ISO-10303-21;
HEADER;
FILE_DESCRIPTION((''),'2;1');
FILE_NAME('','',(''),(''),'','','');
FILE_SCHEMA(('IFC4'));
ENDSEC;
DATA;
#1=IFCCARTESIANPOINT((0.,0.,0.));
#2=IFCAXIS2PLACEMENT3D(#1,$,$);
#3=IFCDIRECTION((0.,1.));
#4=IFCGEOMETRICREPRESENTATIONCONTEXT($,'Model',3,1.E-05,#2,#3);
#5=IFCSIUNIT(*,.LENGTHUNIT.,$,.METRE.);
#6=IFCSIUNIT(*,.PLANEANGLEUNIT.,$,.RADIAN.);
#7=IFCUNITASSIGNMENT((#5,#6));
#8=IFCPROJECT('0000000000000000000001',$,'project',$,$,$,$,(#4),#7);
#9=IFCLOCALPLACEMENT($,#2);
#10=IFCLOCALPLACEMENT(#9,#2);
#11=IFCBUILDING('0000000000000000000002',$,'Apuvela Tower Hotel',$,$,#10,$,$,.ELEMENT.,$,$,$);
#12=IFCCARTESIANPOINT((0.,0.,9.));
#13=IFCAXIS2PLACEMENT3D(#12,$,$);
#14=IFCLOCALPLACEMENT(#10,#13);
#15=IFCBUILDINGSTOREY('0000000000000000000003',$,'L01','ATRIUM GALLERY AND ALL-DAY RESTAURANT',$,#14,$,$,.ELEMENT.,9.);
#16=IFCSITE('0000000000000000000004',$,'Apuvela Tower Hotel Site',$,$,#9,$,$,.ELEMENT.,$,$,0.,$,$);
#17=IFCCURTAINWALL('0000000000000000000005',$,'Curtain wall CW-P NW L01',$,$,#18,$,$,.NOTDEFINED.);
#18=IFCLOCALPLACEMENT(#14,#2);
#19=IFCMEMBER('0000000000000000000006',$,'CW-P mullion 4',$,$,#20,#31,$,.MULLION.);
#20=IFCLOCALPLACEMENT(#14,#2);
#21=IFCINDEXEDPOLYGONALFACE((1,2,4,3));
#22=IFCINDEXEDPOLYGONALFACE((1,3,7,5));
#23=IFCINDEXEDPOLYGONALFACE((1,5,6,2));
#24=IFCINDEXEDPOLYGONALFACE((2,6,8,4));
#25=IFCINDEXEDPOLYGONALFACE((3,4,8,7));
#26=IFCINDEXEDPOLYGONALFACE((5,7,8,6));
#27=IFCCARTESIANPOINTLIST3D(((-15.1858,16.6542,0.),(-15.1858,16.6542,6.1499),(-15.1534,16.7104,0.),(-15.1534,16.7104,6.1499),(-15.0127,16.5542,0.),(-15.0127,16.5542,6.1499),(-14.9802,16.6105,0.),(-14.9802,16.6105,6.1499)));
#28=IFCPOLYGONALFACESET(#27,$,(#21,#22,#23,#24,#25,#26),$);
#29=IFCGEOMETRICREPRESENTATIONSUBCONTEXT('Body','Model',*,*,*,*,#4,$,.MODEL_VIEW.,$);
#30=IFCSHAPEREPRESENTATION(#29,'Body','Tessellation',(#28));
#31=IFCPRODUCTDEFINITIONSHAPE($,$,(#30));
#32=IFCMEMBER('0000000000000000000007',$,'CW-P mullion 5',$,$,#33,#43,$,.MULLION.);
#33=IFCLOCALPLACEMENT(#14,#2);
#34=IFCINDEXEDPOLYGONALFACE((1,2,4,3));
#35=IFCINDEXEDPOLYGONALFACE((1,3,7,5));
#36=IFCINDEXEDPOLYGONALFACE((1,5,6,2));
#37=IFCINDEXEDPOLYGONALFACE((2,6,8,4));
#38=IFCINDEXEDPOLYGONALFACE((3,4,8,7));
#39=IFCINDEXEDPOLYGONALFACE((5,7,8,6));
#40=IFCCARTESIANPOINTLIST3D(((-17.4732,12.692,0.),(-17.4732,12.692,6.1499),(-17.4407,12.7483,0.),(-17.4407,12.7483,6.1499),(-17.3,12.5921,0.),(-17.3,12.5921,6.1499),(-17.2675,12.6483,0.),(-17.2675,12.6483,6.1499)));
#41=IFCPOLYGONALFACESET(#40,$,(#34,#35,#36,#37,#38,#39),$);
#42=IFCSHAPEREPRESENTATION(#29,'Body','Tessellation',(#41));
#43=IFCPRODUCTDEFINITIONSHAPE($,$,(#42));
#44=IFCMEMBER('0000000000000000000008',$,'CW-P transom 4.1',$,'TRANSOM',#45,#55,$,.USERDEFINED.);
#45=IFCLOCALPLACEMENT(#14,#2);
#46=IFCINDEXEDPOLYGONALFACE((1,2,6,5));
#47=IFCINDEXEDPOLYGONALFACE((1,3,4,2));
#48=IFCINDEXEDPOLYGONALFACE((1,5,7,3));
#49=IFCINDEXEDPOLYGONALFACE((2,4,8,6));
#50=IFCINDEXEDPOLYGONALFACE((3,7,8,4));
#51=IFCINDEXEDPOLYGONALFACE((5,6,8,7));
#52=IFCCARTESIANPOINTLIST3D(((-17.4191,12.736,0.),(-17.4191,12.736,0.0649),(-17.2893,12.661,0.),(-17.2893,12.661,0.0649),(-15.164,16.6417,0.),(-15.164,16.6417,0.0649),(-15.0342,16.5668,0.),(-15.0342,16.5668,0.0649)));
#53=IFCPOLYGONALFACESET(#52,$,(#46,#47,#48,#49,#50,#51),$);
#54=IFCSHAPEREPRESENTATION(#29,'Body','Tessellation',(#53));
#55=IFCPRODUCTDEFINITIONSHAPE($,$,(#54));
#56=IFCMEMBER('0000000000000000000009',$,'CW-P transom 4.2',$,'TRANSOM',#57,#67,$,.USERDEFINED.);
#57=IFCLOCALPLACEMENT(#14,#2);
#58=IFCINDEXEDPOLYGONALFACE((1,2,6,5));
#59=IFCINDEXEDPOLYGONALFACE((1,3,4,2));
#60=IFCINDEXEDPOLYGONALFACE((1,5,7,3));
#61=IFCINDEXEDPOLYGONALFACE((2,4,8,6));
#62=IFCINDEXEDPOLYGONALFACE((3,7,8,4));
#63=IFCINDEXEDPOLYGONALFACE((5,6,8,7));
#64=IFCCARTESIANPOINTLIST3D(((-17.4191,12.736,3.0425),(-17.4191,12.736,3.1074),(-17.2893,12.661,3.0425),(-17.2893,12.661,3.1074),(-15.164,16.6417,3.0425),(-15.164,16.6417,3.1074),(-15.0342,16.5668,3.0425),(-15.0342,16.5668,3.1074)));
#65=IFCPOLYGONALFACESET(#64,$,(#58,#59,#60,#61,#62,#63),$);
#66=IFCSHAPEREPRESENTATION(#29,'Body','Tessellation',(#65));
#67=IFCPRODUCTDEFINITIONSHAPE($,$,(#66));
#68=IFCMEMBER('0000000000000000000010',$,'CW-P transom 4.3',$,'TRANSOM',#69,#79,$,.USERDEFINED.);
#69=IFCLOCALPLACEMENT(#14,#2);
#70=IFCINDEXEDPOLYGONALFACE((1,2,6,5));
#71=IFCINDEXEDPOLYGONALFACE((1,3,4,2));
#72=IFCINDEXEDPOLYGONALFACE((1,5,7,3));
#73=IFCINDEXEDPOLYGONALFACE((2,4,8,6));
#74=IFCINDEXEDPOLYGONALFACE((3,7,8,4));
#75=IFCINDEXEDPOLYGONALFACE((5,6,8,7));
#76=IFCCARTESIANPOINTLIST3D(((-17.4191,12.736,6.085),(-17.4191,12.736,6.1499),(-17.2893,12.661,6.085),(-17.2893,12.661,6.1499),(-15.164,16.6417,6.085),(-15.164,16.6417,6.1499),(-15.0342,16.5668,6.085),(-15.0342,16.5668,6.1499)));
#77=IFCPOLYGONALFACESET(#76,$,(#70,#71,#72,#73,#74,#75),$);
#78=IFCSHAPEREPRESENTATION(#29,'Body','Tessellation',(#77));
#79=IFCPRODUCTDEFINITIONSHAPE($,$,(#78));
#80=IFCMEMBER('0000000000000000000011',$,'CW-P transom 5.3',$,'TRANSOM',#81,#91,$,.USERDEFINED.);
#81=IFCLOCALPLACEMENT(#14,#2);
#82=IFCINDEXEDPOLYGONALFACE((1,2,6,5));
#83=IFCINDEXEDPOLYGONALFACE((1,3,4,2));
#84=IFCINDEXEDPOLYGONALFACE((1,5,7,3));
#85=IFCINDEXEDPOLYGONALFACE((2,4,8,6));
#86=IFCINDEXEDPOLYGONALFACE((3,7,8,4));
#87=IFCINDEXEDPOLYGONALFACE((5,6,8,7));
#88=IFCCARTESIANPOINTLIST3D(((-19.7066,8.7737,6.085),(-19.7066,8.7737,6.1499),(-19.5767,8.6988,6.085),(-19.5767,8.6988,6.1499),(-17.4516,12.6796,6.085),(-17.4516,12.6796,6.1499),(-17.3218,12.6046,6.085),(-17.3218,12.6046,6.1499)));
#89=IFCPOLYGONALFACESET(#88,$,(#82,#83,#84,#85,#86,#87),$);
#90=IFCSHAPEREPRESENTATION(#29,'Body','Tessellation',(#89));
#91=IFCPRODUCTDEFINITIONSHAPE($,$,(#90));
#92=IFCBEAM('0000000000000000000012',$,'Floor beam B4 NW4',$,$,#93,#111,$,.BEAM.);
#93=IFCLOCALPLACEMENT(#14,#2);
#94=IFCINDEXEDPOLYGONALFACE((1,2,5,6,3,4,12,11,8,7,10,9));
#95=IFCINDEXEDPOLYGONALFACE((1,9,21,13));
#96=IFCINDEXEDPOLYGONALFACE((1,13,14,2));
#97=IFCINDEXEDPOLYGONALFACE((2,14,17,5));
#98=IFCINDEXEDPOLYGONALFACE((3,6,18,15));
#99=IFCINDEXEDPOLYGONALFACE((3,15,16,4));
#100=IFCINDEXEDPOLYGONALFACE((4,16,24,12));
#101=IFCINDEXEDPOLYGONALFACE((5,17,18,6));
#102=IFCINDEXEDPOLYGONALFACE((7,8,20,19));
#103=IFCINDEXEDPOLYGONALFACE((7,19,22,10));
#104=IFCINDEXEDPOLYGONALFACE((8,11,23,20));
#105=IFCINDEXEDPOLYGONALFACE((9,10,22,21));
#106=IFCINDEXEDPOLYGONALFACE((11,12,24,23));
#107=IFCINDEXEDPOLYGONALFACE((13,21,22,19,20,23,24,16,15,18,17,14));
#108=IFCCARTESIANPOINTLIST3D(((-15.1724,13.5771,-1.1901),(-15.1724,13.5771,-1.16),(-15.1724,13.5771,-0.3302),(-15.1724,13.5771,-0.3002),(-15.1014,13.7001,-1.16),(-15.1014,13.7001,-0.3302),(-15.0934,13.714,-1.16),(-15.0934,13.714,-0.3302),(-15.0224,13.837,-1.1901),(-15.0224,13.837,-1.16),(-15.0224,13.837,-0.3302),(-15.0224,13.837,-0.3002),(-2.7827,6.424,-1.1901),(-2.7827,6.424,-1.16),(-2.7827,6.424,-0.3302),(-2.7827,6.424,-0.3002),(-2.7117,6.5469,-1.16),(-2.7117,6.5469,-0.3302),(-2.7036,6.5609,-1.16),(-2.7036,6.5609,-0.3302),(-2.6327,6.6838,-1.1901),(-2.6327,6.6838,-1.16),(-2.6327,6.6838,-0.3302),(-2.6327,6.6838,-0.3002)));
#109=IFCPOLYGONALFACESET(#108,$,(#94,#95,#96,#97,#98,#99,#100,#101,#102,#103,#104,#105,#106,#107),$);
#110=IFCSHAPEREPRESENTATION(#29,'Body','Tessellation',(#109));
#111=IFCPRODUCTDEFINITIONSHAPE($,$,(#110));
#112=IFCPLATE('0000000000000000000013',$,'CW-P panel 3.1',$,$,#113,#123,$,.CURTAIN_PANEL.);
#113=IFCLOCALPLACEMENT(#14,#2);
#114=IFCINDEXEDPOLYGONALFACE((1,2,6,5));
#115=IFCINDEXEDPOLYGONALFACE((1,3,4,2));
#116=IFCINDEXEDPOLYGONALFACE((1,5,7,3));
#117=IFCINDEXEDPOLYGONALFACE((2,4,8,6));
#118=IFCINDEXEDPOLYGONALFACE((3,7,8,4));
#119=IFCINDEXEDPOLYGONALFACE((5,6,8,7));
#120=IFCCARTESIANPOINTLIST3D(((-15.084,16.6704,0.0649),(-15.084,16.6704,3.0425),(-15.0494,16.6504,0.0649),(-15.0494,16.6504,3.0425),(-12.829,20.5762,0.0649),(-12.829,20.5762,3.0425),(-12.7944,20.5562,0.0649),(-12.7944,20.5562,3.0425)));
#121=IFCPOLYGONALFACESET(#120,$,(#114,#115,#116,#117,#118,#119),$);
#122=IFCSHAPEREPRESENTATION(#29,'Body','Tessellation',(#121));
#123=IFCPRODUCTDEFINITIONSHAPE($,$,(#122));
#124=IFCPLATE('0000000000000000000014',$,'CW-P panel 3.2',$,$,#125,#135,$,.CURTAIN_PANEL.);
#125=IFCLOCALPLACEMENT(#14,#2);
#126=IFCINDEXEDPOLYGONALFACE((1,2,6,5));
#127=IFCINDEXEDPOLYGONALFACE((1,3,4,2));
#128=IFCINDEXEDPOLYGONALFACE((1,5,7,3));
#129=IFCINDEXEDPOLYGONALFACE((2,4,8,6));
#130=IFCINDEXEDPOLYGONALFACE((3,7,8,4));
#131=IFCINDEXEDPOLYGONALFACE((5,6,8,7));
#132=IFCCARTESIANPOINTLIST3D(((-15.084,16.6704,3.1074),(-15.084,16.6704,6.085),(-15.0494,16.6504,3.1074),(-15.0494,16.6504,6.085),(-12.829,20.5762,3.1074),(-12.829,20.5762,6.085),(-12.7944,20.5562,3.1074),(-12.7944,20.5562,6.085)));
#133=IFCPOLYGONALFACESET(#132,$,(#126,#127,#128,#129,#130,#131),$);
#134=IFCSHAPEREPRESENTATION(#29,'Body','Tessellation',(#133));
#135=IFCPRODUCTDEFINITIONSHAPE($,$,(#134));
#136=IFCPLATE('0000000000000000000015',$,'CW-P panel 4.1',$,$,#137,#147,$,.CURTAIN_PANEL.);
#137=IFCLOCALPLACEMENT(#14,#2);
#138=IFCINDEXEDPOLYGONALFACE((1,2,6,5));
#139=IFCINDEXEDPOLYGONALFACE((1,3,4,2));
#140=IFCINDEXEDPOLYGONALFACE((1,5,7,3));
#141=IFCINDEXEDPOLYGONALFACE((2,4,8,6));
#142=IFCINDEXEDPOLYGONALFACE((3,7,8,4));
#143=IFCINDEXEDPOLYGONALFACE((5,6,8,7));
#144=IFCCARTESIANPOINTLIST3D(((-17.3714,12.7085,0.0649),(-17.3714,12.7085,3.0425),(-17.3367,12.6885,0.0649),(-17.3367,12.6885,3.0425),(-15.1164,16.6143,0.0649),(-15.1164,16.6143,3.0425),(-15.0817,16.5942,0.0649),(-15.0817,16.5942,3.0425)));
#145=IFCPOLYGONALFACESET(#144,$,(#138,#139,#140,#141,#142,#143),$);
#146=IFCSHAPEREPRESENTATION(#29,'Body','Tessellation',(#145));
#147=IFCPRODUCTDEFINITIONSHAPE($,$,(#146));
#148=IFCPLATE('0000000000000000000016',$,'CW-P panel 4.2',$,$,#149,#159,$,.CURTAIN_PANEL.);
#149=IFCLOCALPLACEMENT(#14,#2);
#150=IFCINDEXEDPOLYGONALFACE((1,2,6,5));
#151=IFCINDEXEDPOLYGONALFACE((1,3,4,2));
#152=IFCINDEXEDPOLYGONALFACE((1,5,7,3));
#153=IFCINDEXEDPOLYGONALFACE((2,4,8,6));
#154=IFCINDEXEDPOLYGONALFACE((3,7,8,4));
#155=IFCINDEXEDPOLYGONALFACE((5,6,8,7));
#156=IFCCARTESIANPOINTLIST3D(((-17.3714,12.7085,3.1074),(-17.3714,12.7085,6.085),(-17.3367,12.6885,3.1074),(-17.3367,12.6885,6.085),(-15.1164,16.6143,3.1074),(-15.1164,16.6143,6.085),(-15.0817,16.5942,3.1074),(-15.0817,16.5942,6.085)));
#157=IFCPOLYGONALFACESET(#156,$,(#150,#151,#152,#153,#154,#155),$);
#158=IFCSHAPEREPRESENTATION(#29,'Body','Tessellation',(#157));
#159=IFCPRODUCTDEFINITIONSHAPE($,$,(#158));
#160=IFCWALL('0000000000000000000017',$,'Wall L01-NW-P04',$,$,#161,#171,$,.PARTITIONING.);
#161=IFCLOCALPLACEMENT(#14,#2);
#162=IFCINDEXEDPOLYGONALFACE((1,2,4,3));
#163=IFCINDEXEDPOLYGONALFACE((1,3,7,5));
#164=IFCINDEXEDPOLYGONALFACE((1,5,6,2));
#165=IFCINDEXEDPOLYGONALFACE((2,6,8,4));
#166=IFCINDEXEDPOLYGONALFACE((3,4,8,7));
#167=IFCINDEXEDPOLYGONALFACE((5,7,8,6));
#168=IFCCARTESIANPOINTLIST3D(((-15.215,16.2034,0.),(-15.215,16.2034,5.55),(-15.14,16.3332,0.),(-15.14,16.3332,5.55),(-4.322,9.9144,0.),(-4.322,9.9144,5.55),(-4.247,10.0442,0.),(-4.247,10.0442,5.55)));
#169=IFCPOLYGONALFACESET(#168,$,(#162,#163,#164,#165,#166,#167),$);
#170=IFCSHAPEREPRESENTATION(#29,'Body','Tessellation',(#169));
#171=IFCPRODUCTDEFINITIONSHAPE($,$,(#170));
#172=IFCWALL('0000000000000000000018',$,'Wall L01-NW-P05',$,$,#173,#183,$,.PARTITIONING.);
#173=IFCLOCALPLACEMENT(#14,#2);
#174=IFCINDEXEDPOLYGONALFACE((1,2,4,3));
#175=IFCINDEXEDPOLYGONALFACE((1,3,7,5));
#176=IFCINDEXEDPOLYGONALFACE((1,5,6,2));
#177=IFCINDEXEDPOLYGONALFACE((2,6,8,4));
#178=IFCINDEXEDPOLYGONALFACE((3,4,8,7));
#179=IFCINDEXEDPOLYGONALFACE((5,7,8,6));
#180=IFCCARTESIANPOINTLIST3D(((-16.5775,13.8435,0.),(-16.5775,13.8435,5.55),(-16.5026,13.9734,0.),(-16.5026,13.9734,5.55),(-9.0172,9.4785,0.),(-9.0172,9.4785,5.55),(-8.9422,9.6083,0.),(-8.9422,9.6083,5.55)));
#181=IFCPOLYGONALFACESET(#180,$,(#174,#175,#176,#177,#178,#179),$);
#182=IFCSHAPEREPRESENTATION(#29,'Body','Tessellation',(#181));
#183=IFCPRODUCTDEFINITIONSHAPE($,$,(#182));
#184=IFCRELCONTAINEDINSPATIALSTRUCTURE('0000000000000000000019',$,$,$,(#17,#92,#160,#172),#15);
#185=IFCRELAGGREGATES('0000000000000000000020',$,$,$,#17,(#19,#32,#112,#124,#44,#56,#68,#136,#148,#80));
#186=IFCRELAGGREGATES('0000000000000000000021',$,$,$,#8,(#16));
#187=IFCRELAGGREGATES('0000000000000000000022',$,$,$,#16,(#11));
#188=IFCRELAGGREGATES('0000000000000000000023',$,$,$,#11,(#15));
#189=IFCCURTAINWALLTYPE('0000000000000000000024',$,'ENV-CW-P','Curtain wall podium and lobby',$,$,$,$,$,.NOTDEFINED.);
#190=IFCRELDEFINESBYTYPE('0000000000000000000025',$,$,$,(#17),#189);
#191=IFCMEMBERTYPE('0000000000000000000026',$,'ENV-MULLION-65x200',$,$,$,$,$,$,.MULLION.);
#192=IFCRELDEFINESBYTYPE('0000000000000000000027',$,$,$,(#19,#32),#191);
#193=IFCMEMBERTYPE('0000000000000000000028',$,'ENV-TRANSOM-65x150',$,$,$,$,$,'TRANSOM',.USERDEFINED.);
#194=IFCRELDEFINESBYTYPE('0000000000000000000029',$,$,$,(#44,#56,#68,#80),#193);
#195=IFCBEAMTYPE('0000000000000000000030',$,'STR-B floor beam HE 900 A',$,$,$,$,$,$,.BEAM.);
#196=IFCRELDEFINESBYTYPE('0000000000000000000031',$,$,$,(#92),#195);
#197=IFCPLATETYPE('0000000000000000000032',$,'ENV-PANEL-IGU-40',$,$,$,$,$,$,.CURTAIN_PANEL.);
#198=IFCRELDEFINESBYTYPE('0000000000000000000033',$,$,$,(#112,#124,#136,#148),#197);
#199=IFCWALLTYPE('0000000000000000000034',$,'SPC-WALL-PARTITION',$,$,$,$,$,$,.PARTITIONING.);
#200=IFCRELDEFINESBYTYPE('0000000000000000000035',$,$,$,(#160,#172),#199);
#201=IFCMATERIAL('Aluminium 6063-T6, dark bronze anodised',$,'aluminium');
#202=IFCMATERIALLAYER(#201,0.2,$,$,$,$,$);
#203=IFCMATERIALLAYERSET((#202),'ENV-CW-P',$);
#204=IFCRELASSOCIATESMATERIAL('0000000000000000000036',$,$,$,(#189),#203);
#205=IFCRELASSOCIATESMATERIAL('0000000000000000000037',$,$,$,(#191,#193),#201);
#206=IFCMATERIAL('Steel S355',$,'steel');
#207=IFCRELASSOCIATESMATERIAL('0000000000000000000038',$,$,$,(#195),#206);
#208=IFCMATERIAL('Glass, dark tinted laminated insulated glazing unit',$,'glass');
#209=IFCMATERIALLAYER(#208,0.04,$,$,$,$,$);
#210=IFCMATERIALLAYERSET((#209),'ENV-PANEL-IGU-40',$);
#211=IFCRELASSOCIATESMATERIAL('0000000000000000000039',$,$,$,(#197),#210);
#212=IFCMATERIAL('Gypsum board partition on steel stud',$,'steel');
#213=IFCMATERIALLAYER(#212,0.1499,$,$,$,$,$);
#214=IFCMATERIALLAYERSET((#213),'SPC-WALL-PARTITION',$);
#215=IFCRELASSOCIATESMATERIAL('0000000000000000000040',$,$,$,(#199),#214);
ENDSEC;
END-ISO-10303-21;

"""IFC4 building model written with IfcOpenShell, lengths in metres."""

from ifc_helpers import new_model, si_unit, direction, frame, frame_2d, origin, origin_2d, place, context, subcontext, project, spatial, rectangle, i_section, extrude, material, layer, layer_set, material_profile, profile_set, type_object, element, aggregate, save


model = new_model("IFC4")

# Units and contexts
model_context = context("Model", 3, precision=1e-05, world=origin(), true_north=direction((0.0, 1.0)))
body_context = subcontext(model_context, "Body", "Model", "MODEL_VIEW")
ifc_project = project(units=[si_unit("LENGTHUNIT", "METRE"), si_unit("PLANEANGLEUNIT", "RADIAN")], contexts=[model_context])

# Site, building, storey
site_placement = place(None, origin())
site = spatial("IfcSite", under=ifc_project, at=site_placement, Name="Apuvela Tower Hotel Site", CompositionType="ELEMENT", RefElevation=0.0)
building_placement = place(site_placement, origin())
building = spatial("IfcBuilding", under=site, at=building_placement, Name="Apuvela Tower Hotel", CompositionType="ELEMENT")
storey_placement = place(building_placement, frame((0.0, 0.0, 9.0)))
storey = spatial("IfcBuildingStorey", under=building, at=storey_placement, Name="L01", Description="ATRIUM GALLERY AND ALL-DAY RESTAURANT", CompositionType="ELEMENT", Elevation=9.0)

# Curtain wall, members
ifc_material_1 = material(Name="Aluminium 6063-T6, dark bronze anodised", Category="aluminium")
ifc_layer_1 = layer(ifc_material_1, 0.2)
ifc_layer_set_1 = layer_set([ifc_layer_1], Name="ENV-CW-P")
curtain_wall_type = type_object("IfcCurtainWallType", Name="ENV-CW-P", Description="Curtain wall podium and lobby", PredefinedType="NOTDEFINED", material=ifc_layer_set_1)
curtain_wall_placement = place(storey_placement, origin())
curtain_wall = element("IfcCurtainWall", 1, at=curtain_wall_placement, inside=storey, type_object=curtain_wall_type, Name="Curtain wall CW-P NW L01", PredefinedType="NOTDEFINED")
ifc_material_profile_1 = material_profile(ifc_material_1, rectangle(XDim=0.2, YDim=0.0649, at=origin_2d()), Name="AL 65x200")
ifc_profile_set_1 = profile_set([ifc_material_profile_1], Name="Aluminium 6063-T6, dark bronze anodised")
member_type_1 = type_object("IfcMemberType", Name="ENV-MULLION-65x200", PredefinedType="MULLION", material=ifc_profile_set_1)
member_1_placement = place(storey_placement, frame((-15.083, 16.6323, 0.0), z_axis=(0.0, 0.0, 1.0), x_axis=(0.866025, -0.5, 0.0)))
member_1 = element("IfcMember", 2, at=member_1_placement, type_object=member_type_1, Name="CW-P mullion 4", PredefinedType="MULLION", context=body_context, shape_type="SweptSolid", body=[
    extrude(rectangle(XDim=0.2, YDim=0.0649, at=origin_2d()), origin(), (0.0, 0.0, 1.0), 6.1499),
])
member_2_placement = place(storey_placement, frame((-17.3704, 12.6702, 0.0), z_axis=(0.0, 0.0, 1.0), x_axis=(0.866025, -0.5, 0.0)))
member_2 = element("IfcMember", 3, at=member_2_placement, type_object=member_type_1, Name="CW-P mullion 5", PredefinedType="MULLION", context=body_context, shape_type="SweptSolid", body=[
    extrude(rectangle(XDim=0.2, YDim=0.0649, at=origin_2d()), origin(), (0.0, 0.0, 1.0), 6.1499),
])
ifc_material_profile_2 = material_profile(ifc_material_1, rectangle(XDim=0.1499, YDim=0.0649, at=origin_2d()), Name="AL 65x150 transom")
ifc_profile_set_2 = profile_set([ifc_material_profile_2], Name="Aluminium 6063-T6, dark bronze anodised")
member_type_2 = type_object("IfcMemberType", Name="ENV-TRANSOM-65x150", ElementType="TRANSOM", PredefinedType="USERDEFINED", material=ifc_profile_set_2)
member_3_placement = place(storey_placement, frame((-15.0991, 16.6042, 0.0325), z_axis=(-0.500022, -0.866013, 0.0), x_axis=(0.866013, -0.500022, 0.0)))
member_3 = element("IfcMember", 4, at=member_3_placement, type_object=member_type_2, Name="CW-P transom 4.1", ObjectType="TRANSOM", PredefinedType="USERDEFINED", context=body_context, shape_type="SweptSolid", body=[
    extrude(rectangle(XDim=0.1499, YDim=0.0649, at=origin_2d()), origin(), (0.0, 0.0, 1.0), 4.51),
])
member_4_placement = place(storey_placement, frame((-15.0991, 16.6042, 3.075), z_axis=(-0.500022, -0.866013, 0.0), x_axis=(0.866013, -0.500022, 0.0)))
member_4 = element("IfcMember", 5, at=member_4_placement, type_object=member_type_2, Name="CW-P transom 4.2", ObjectType="TRANSOM", PredefinedType="USERDEFINED", context=body_context, shape_type="SweptSolid", body=[
    extrude(rectangle(XDim=0.1499, YDim=0.0649, at=origin_2d()), origin(), (0.0, 0.0, 1.0), 4.51),
])
member_5_placement = place(storey_placement, frame((-15.0991, 16.6042, 6.1174), z_axis=(-0.500022, -0.866013, 0.0), x_axis=(0.866013, -0.500022, 0.0)))
member_5 = element("IfcMember", 6, at=member_5_placement, type_object=member_type_2, Name="CW-P transom 4.3", ObjectType="TRANSOM", PredefinedType="USERDEFINED", context=body_context, shape_type="SweptSolid", body=[
    extrude(rectangle(XDim=0.1499, YDim=0.0649, at=origin_2d()), origin(), (0.0, 0.0, 1.0), 4.51),
])
member_6_placement = place(storey_placement, frame((-17.3867, 12.6421, 6.1174), z_axis=(-0.499982, -0.866036, 0.0), x_axis=(0.866036, -0.499982, 0.0)))
member_6 = element("IfcMember", 7, at=member_6_placement, type_object=member_type_2, Name="CW-P transom 5.3", ObjectType="TRANSOM", PredefinedType="USERDEFINED", context=body_context, shape_type="SweptSolid", body=[
    extrude(rectangle(XDim=0.1499, YDim=0.0649, at=origin_2d()), origin(), (0.0, 0.0, 1.0), 4.51),
])

# Beam
ifc_material_2 = material(Name="Steel S355", Category="steel")
ifc_material_profile_3 = material_profile(ifc_material_2, i_section(OverallWidth=0.3, OverallDepth=0.8899, WebThickness=0.0161, FlangeThickness=0.03, at=origin_2d()), Name="HE 900 A")
ifc_profile_set_3 = profile_set([ifc_material_profile_3], Name="Steel S355")
beam_type = type_object("IfcBeamType", Name="STR-B floor beam HE 900 A", PredefinedType="BEAM", material=ifc_profile_set_3)
beam_placement = place(storey_placement, frame((-15.0974, 13.707, -0.7451), z_axis=(0.866028, -0.499995, 0.0), x_axis=(0.499995, 0.866028, 0.0)))
element("IfcBeam", 8, at=beam_placement, inside=storey, type_object=beam_type, Name="Floor beam B4 NW4", PredefinedType="BEAM", context=body_context, shape_type="SweptSolid", body=[
    extrude(i_section(OverallWidth=0.3, OverallDepth=0.8899, WebThickness=0.0161, FlangeThickness=0.03, at=origin_2d()), origin(), (0.0, 0.0, 1.0), 14.3064),
])

# Plates
ifc_material_3 = material(Name="Glass, dark tinted laminated insulated glazing unit", Category="glass")
ifc_layer_2 = layer(ifc_material_3, 0.04)
ifc_layer_set_2 = layer_set([ifc_layer_2], Name="ENV-PANEL-IGU-40")
plate_type = type_object("IfcPlateType", Name="ENV-PANEL-IGU-40", PredefinedType="CURTAIN_PANEL", material=ifc_layer_set_2)
plate_1_placement = place(storey_placement, frame((-13.9392, 18.6133, 0.0649), z_axis=(0.0, 0.0, 1.0), x_axis=(-0.5, -0.866025, 0.0)))
plate_1 = element("IfcPlate", 9, at=plate_1_placement, type_object=plate_type, Name="CW-P panel 3.1", PredefinedType="CURTAIN_PANEL", context=body_context, shape_type="SweptSolid", body=[
    extrude(rectangle(XDim=4.51, YDim=0.04, at=origin_2d()), origin(), (0.0, 0.0, 1.0), 2.9775),
])
plate_2_placement = place(storey_placement, frame((-13.9392, 18.6133, 3.1074), z_axis=(0.0, 0.0, 1.0), x_axis=(-0.5, -0.866025, 0.0)))
plate_2 = element("IfcPlate", 10, at=plate_2_placement, type_object=plate_type, Name="CW-P panel 3.2", PredefinedType="CURTAIN_PANEL", context=body_context, shape_type="SweptSolid", body=[
    extrude(rectangle(XDim=4.51, YDim=0.04, at=origin_2d()), origin(), (0.0, 0.0, 1.0), 2.9775),
])
plate_3_placement = place(storey_placement, frame((-16.2266, 14.6514, 0.0649), z_axis=(0.0, 0.0, 1.0), x_axis=(-0.5, -0.866025, 0.0)))
plate_3 = element("IfcPlate", 11, at=plate_3_placement, type_object=plate_type, Name="CW-P panel 4.1", PredefinedType="CURTAIN_PANEL", context=body_context, shape_type="SweptSolid", body=[
    extrude(rectangle(XDim=4.51, YDim=0.04, at=origin_2d()), origin(), (0.0, 0.0, 1.0), 2.9775),
])
plate_4_placement = place(storey_placement, frame((-16.2266, 14.6514, 3.1074), z_axis=(0.0, 0.0, 1.0), x_axis=(-0.5, -0.866025, 0.0)))
plate_4 = element("IfcPlate", 12, at=plate_4_placement, type_object=plate_type, Name="CW-P panel 4.2", PredefinedType="CURTAIN_PANEL", context=body_context, shape_type="SweptSolid", body=[
    extrude(rectangle(XDim=4.51, YDim=0.04, at=origin_2d()), origin(), (0.0, 0.0, 1.0), 2.9775),
])
aggregate(curtain_wall, [member_1, member_2, plate_1, plate_2, member_3, member_4, member_5, plate_3, plate_4, member_6])

# Walls
ifc_material_4 = material(Name="Gypsum board partition on steel stud", Category="steel")
ifc_layer_3 = layer(ifc_material_4, 0.1499)
ifc_layer_set_3 = layer_set([ifc_layer_3], Name="SPC-WALL-PARTITION")
wall_type = type_object("IfcWallType", Name="SPC-WALL-PARTITION", PredefinedType="PARTITIONING", material=ifc_layer_set_3)
wall_1_placement = place(storey_placement, frame((-15.1775, 16.2683, 0.0), z_axis=(0.0, 0.0, 1.0), x_axis=(0.866027, -0.499997, 0.0)))
element("IfcWall", 13, at=wall_1_placement, inside=storey, type_object=wall_type, Name="Wall L01-NW-P04", PredefinedType="PARTITIONING", context=body_context, shape_type="SweptSolid", body=[
    extrude(rectangle(XDim=12.5781, YDim=0.1499, at=frame_2d((6.2891, 0.0))), origin(), (0.0, 0.0, 1.0), 5.55),
])
wall_2_placement = place(storey_placement, frame((-16.54, 13.9084, 0.0), z_axis=(0.0, 0.0, 1.0), x_axis=(0.866023, -0.500004, 0.0)))
element("IfcWall", 14, at=wall_2_placement, inside=storey, type_object=wall_type, Name="Wall L01-NW-P05", PredefinedType="PARTITIONING", context=body_context, shape_type="SweptSolid", body=[
    extrude(rectangle(XDim=8.73, YDim=0.1499, at=frame_2d((4.365, 0.0))), origin(), (0.0, 0.0, 1.0), 5.55),
])

save(model, "model.ifc")
